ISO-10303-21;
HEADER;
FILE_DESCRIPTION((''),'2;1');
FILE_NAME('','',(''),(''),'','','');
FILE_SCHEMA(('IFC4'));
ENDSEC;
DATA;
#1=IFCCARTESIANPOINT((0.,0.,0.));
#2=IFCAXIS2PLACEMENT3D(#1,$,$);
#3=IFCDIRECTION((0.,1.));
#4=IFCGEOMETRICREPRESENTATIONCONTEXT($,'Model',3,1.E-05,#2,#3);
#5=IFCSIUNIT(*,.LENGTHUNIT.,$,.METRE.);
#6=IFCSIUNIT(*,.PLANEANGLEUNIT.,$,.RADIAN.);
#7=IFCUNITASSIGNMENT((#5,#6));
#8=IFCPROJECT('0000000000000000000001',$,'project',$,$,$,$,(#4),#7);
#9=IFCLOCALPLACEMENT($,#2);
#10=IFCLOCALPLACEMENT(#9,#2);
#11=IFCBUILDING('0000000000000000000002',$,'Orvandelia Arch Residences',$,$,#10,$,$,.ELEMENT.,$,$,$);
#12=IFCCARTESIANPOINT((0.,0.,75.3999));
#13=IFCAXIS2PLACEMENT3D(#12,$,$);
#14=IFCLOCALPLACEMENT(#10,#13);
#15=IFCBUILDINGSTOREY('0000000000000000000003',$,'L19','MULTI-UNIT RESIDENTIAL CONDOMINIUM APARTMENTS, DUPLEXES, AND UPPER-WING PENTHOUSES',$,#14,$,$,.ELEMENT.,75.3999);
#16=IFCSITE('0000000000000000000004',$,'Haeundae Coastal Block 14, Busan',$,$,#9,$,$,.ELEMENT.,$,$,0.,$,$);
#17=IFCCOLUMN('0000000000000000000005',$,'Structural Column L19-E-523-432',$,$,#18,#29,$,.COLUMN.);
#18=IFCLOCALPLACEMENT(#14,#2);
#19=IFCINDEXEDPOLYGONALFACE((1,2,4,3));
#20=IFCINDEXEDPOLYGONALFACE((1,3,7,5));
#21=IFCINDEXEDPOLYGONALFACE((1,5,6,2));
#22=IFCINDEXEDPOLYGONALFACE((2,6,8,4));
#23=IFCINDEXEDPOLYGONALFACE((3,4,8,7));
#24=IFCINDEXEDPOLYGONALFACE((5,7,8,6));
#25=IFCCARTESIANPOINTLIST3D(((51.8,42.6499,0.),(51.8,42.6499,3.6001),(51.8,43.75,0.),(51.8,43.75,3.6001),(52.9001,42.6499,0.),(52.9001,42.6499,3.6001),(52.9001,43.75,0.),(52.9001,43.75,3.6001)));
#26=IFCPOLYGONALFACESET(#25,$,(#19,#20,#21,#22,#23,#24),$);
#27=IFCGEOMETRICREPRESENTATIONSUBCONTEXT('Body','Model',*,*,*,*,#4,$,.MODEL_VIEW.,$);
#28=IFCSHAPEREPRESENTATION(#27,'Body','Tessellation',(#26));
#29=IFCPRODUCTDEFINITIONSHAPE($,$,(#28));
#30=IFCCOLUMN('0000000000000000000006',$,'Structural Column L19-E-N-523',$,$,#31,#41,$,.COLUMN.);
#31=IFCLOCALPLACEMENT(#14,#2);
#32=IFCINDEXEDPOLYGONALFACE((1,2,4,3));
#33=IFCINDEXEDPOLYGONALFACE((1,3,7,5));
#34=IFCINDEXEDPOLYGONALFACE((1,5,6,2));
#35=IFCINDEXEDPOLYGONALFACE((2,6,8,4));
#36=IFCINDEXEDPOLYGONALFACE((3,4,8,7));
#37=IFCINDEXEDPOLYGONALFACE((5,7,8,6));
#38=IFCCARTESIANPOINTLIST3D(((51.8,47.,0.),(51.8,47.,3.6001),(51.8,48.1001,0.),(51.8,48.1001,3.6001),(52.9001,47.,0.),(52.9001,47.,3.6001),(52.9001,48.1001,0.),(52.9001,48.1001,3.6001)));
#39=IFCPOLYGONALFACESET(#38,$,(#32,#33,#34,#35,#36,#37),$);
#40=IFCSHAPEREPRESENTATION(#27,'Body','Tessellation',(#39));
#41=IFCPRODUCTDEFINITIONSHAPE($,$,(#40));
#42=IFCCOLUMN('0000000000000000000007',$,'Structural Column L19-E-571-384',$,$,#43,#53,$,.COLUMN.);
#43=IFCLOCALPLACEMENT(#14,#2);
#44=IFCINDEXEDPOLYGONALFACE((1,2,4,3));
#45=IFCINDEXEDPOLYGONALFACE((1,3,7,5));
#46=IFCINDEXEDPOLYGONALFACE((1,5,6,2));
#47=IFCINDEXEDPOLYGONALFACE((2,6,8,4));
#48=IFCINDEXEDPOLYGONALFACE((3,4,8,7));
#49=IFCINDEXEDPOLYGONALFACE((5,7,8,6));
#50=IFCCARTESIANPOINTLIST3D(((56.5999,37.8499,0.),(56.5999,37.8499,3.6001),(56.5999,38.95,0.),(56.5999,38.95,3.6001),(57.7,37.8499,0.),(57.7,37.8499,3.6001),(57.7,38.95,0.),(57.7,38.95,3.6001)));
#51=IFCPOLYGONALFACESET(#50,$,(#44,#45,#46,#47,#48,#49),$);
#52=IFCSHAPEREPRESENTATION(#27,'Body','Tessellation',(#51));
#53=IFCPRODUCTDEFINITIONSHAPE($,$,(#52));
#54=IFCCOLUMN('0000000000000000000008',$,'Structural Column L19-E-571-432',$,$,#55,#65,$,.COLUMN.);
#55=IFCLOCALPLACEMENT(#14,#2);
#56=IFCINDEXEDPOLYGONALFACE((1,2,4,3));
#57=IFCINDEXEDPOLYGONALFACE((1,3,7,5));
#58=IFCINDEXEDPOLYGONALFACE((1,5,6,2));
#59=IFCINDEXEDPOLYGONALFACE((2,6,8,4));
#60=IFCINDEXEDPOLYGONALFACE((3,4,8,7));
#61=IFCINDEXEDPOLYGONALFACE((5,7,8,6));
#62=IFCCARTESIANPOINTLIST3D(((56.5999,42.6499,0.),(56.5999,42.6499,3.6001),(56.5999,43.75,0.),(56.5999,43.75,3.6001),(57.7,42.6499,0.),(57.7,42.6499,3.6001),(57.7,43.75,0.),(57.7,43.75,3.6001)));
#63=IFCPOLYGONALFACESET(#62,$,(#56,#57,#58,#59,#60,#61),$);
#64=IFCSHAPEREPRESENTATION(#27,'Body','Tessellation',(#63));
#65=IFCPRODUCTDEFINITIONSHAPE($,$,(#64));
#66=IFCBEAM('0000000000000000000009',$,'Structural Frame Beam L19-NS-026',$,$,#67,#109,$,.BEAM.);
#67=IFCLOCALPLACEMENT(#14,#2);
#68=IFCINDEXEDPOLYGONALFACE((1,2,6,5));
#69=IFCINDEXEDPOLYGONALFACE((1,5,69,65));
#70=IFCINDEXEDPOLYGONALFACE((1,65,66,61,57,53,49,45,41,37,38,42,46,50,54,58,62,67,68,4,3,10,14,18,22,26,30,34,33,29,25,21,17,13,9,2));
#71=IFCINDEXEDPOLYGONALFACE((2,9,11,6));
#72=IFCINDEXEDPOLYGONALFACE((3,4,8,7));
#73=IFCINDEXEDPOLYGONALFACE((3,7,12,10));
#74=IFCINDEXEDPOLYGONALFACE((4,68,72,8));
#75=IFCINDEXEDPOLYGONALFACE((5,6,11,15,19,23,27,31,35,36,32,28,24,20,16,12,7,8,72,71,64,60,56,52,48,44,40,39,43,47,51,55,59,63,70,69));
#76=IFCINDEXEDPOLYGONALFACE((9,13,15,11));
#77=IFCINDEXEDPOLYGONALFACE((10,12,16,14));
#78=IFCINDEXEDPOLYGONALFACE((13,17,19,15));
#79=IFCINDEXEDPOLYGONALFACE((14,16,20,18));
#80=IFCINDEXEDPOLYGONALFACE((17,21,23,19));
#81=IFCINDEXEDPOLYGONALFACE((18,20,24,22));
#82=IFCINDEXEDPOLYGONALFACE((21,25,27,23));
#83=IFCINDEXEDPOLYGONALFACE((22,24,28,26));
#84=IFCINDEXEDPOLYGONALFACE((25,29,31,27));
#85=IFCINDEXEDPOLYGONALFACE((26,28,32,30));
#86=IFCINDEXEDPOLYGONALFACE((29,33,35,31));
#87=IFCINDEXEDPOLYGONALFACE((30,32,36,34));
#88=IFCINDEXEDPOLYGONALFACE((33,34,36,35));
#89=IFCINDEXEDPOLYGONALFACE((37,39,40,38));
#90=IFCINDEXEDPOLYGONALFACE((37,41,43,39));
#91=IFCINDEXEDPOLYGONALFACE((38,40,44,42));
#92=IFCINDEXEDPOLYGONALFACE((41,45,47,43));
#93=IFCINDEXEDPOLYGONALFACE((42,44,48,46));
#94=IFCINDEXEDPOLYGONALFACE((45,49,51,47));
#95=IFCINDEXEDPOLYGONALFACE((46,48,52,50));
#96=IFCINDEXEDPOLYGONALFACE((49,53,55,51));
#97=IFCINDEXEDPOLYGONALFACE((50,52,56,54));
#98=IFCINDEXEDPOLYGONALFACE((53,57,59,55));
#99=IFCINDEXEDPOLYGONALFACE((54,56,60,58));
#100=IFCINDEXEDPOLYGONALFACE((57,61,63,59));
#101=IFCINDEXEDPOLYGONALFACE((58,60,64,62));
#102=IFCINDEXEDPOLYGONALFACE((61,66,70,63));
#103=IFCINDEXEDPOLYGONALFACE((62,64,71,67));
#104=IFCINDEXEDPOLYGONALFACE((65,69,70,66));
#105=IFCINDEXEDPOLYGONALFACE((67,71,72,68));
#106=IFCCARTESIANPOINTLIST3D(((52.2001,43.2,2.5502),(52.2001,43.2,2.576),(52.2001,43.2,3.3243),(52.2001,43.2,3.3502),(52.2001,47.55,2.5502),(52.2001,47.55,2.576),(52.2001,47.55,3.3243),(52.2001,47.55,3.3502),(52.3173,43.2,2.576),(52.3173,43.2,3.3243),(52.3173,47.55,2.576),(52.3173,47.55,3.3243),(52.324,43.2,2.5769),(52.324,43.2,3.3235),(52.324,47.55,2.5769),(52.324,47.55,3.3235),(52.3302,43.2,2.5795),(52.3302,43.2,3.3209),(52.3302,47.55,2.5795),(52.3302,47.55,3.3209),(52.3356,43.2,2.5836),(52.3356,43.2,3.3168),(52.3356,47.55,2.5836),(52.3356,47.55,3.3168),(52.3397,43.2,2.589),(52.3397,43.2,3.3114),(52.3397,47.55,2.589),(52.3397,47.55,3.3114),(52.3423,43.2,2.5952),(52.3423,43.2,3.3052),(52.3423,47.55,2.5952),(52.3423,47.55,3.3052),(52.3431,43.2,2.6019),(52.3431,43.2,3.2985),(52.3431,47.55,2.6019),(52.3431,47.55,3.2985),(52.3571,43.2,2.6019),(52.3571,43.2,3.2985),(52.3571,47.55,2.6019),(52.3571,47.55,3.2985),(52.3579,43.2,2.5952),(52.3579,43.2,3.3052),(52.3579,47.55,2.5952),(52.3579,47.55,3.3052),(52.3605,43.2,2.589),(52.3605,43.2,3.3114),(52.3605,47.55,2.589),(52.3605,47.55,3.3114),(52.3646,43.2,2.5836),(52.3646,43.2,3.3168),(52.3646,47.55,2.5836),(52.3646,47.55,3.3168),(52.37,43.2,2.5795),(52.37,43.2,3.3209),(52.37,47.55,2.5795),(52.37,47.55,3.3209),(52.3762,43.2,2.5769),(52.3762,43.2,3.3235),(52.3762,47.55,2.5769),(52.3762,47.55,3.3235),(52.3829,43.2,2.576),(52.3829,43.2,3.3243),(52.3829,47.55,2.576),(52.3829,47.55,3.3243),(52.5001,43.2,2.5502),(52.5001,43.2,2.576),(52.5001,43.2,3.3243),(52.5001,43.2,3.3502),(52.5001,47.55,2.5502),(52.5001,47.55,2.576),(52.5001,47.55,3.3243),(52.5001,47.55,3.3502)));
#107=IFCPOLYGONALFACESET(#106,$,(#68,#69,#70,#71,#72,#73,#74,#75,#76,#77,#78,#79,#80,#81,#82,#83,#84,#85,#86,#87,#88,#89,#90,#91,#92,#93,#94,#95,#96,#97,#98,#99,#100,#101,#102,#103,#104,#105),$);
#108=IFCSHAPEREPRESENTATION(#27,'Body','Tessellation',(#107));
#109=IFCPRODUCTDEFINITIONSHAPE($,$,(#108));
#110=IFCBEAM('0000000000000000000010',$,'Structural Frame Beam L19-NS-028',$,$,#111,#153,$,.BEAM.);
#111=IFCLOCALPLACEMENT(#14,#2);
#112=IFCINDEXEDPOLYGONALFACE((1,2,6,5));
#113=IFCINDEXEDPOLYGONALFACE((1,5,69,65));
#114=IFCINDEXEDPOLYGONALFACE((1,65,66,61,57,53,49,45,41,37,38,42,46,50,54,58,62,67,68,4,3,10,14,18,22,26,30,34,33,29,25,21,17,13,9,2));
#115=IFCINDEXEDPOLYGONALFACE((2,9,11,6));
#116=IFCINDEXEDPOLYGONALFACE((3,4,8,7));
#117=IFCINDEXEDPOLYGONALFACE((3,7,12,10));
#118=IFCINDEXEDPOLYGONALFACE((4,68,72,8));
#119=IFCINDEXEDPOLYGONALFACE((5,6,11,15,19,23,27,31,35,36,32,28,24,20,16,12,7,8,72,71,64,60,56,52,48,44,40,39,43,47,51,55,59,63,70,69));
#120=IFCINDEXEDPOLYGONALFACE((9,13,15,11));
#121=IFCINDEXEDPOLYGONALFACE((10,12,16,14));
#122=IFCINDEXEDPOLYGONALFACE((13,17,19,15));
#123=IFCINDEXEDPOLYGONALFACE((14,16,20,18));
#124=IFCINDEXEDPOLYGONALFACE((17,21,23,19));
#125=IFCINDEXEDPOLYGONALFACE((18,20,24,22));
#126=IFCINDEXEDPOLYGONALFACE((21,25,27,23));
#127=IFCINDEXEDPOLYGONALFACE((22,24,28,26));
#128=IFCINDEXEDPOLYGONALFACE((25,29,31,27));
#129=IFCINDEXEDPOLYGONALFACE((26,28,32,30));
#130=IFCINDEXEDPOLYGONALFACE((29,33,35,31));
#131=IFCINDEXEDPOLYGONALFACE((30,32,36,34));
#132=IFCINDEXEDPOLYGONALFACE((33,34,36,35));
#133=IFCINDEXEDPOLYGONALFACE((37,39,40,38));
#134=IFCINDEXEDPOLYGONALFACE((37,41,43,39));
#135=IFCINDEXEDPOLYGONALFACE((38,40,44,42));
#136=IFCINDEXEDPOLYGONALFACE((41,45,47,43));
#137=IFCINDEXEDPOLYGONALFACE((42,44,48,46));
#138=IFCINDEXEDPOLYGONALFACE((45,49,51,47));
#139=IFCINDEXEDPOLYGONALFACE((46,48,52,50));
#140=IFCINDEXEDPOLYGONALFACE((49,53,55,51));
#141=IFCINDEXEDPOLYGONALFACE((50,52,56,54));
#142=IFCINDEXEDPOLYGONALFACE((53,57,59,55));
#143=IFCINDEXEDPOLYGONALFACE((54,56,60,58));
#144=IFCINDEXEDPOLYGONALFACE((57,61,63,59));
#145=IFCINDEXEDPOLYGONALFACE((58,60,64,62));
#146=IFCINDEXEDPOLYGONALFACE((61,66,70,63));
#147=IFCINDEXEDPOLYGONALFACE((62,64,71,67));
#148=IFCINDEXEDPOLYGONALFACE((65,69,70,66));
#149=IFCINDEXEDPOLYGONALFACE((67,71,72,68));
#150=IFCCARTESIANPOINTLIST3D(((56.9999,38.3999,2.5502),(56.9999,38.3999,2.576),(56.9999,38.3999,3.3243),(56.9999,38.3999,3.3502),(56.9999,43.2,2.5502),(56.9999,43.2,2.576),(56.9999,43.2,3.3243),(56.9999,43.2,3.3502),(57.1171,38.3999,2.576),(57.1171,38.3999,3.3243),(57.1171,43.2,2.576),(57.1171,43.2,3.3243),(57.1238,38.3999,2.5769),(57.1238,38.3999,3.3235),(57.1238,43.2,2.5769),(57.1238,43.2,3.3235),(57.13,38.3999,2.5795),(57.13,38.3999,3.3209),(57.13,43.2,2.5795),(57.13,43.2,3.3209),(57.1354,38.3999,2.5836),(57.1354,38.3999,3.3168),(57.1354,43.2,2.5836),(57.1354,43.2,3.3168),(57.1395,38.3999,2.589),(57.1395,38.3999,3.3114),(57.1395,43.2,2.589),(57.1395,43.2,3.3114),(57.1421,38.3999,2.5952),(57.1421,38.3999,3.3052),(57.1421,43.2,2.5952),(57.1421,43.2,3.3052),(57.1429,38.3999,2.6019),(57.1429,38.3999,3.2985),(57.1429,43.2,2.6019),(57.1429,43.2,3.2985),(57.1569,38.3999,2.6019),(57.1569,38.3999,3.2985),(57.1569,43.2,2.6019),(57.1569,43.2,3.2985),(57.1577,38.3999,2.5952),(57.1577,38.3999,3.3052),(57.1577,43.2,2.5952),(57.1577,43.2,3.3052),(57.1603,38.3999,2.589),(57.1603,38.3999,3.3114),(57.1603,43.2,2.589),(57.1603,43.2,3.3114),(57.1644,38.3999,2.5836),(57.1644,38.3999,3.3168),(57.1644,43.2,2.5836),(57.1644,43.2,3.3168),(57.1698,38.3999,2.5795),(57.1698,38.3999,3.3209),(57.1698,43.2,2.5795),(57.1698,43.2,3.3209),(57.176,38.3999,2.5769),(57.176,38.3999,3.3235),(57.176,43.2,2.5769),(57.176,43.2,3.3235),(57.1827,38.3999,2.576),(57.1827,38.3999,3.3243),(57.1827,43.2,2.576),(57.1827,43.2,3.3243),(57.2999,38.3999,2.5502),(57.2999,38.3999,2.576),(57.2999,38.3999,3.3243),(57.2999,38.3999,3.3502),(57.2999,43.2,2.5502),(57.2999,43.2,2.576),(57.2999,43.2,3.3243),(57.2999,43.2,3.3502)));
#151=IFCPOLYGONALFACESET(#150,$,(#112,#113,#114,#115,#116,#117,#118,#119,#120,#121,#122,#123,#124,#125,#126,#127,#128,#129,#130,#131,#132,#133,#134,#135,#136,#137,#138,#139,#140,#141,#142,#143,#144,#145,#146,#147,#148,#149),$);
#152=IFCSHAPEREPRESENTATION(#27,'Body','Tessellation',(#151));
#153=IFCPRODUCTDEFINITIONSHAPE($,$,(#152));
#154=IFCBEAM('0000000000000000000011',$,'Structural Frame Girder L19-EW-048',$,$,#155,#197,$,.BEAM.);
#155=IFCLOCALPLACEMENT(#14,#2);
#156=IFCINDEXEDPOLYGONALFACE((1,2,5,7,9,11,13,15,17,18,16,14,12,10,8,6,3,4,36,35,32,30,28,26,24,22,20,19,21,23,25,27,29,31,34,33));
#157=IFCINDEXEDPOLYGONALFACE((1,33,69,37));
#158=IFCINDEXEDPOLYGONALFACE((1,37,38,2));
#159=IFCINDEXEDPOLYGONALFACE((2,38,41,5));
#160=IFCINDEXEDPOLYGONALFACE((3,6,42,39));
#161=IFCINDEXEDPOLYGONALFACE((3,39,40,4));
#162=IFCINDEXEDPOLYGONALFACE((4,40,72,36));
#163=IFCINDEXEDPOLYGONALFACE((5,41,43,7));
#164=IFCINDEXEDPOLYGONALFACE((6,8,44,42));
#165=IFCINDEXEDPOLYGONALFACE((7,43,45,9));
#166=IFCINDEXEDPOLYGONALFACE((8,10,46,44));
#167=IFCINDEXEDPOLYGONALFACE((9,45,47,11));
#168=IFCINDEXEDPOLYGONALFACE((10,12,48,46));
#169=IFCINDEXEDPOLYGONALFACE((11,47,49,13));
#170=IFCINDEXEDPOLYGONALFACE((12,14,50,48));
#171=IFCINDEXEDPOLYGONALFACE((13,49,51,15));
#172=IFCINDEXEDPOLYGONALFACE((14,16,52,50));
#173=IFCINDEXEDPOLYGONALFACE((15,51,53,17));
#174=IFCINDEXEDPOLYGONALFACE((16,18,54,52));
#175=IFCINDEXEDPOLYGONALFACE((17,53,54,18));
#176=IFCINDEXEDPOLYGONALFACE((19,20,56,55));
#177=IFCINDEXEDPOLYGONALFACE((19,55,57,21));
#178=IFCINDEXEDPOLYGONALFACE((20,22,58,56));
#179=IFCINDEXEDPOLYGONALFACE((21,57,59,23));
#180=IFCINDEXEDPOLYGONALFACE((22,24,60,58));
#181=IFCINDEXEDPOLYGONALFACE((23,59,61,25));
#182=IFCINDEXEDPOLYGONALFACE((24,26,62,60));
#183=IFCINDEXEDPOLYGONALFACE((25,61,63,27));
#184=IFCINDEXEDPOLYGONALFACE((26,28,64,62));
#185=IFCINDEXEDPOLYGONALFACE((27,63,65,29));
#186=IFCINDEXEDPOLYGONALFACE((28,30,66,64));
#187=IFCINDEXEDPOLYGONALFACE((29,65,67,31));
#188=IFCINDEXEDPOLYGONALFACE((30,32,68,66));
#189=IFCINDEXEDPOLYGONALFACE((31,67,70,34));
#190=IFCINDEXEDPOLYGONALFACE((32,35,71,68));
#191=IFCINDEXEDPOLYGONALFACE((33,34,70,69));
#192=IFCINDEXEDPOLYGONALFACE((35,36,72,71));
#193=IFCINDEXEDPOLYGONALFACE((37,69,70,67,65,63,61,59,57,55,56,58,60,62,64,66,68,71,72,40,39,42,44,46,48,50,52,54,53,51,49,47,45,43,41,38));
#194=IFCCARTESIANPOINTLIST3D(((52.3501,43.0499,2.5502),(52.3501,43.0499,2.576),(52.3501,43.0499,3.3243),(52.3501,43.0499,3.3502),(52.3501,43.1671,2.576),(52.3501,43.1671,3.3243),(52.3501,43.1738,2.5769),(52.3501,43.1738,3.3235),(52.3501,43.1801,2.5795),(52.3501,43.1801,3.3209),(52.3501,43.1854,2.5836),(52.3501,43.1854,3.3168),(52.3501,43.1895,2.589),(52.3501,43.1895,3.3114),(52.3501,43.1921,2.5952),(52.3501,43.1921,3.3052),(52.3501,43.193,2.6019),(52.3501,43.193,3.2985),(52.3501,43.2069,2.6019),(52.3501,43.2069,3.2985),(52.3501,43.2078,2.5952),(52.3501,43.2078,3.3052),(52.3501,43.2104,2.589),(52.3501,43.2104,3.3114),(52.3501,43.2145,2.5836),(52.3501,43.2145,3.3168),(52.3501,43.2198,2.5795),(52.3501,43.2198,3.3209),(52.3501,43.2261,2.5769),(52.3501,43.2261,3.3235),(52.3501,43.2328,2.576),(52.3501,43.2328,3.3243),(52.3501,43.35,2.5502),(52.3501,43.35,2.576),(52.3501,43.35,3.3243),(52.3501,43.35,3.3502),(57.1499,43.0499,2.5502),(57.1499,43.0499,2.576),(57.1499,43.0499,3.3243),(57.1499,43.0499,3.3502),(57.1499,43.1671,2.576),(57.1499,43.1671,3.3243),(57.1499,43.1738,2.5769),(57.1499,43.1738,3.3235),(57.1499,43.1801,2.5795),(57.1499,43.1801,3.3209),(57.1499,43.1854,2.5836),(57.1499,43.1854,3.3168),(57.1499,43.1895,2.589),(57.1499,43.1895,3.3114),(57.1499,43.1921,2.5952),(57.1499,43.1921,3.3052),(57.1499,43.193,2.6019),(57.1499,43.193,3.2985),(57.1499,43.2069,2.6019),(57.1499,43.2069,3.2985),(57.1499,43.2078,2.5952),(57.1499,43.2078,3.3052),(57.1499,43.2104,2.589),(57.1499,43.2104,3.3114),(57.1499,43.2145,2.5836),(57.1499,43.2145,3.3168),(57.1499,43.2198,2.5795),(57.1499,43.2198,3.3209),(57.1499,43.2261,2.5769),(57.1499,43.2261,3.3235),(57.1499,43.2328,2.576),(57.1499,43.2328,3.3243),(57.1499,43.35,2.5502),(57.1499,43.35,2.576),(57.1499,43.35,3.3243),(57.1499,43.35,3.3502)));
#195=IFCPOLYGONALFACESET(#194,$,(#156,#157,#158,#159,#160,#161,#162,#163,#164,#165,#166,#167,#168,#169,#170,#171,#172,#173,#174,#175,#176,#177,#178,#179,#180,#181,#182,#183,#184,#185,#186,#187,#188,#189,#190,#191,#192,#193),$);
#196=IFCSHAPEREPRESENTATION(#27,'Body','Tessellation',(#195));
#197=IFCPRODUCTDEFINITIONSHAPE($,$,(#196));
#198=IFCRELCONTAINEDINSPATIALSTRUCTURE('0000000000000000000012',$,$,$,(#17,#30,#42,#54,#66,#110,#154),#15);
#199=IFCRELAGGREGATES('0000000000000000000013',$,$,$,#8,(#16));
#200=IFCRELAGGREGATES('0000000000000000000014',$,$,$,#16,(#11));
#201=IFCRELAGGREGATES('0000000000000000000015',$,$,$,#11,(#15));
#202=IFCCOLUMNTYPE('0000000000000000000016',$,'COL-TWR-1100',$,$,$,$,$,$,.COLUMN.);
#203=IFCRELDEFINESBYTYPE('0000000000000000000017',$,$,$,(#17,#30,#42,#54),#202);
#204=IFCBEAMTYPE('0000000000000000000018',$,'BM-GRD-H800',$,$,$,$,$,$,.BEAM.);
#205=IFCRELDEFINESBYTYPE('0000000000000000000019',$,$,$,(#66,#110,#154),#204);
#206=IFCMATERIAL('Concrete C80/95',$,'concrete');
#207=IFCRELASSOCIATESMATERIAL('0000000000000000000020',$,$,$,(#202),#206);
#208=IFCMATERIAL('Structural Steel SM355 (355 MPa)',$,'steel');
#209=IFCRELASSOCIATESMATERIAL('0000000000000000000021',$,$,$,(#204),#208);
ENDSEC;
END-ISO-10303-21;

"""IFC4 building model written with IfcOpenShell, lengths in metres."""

from ifc_helpers import new_model, si_unit, direction, frame, origin, origin_2d, place, context, subcontext, project, spatial, rectangle, i_section, extrude, material, material_profile, profile_set, type_object, element, save


model = new_model("IFC4")

# Units and contexts
model_context = context("Model", 3, precision=1e-05, world=origin(), true_north=direction((0.0, 1.0)))
body_context = subcontext(model_context, "Body", "Model", "MODEL_VIEW")
ifc_project = project(units=[si_unit("LENGTHUNIT", "METRE"), si_unit("PLANEANGLEUNIT", "RADIAN")], contexts=[model_context])

# Site, building, storey
site_placement = place(None, origin())
site = spatial("IfcSite", under=ifc_project, at=site_placement, Name="Haeundae Coastal Block 14, Busan", CompositionType="ELEMENT", RefElevation=0.0)
building_placement = place(site_placement, origin())
building = spatial("IfcBuilding", under=site, at=building_placement, Name="Orvandelia Arch Residences", CompositionType="ELEMENT")
storey_placement = place(building_placement, frame((0.0, 0.0, 75.3999)))
storey = spatial("IfcBuildingStorey", under=building, at=storey_placement, Name="L19", Description="MULTI-UNIT RESIDENTIAL CONDOMINIUM APARTMENTS, DUPLEXES, AND UPPER-WING PENTHOUSES", CompositionType="ELEMENT", Elevation=75.3999)

# Columns
ifc_material_1 = material(Name="Concrete C80/95", Category="concrete")
ifc_material_profile_1 = material_profile(ifc_material_1, rectangle(XDim=1.1001, YDim=1.1001, at=origin_2d()), Name="Concrete C80/95", Category="concrete")
ifc_profile_set_1 = profile_set([ifc_material_profile_1], Name="Concrete C80/95")
column_type = type_object("IfcColumnType", Name="COL-TWR-1100", PredefinedType="COLUMN", material=ifc_profile_set_1)
for number, where, z_axis, x_axis, name in (
    (1, (52.3501, 43.2, 0.0), (0.0, 0.0, 1.0), (1.0, 0.0, 0.0), "Structural Column L19-E-523-432"),
    (2, (52.3501, 47.55, 0.0), (0.0, 0.0, 1.0), (1.0, 0.0, 0.0), "Structural Column L19-E-N-523"),
    (3, (57.1499, 38.3999, 0.0), (0.0, 0.0, 1.0), (1.0, 0.0, 0.0), "Structural Column L19-E-571-384"),
    (4, (57.1499, 43.2, 0.0), (0.0, 0.0, 1.0), (1.0, 0.0, 0.0), "Structural Column L19-E-571-432"),
):
    element("IfcColumn", number, at=place(storey_placement, frame(where, z_axis=z_axis, x_axis=x_axis)), inside=storey, type_object=column_type, Name=name, PredefinedType="COLUMN", context=body_context, shape_type="SweptSolid", body=[
        extrude(rectangle(XDim=1.1001, YDim=1.1001, at=origin_2d()), origin(), (0.0, 0.0, 1.0), 3.6001),
    ])

# Beams
ifc_material_2 = material(Name="Structural Steel SM355 (355 MPa)", Category="steel")
ifc_material_profile_2 = material_profile(ifc_material_2, i_section(OverallWidth=0.3, OverallDepth=0.8, WebThickness=0.0139, FlangeThickness=0.0259, FilletRadius=0.0259, at=origin_2d()), Name="Structural Steel SM355 (355 MPa)", Category="steel")
ifc_profile_set_2 = profile_set([ifc_material_profile_2], Name="Structural Steel SM355 (355 MPa)")
beam_type = type_object("IfcBeamType", Name="BM-GRD-H800", PredefinedType="BEAM", material=ifc_profile_set_2)
beam_1_placement = place(storey_placement, frame((52.3501, 43.2, 2.9502), z_axis=(0.0, 1.0, 0.0), x_axis=(-1.0, 0.0, 0.0)))
element("IfcBeam", 5, at=beam_1_placement, inside=storey, type_object=beam_type, Name="Structural Frame Beam L19-NS-026", PredefinedType="BEAM", context=body_context, shape_type="SweptSolid", body=[
    extrude(i_section(OverallWidth=0.3, OverallDepth=0.8, WebThickness=0.0139, FlangeThickness=0.0259, FilletRadius=0.0259, at=origin_2d()), origin(), (0.0, 0.0, 1.0), 4.3501),
])
beam_2_placement = place(storey_placement, frame((57.1499, 38.3999, 2.9502), z_axis=(0.0, 1.0, 0.0), x_axis=(-1.0, 0.0, 0.0)))
element("IfcBeam", 6, at=beam_2_placement, inside=storey, type_object=beam_type, Name="Structural Frame Beam L19-NS-028", PredefinedType="BEAM", context=body_context, shape_type="SweptSolid", body=[
    extrude(i_section(OverallWidth=0.3, OverallDepth=0.8, WebThickness=0.0139, FlangeThickness=0.0259, FilletRadius=0.0259, at=origin_2d()), origin(), (0.0, 0.0, 1.0), 4.8),
])
beam_3_placement = place(storey_placement, frame((52.3501, 43.2, 2.9502), z_axis=(1.0, 0.0, 0.0), x_axis=(0.0, 1.0, 0.0)))
element("IfcBeam", 7, at=beam_3_placement, inside=storey, type_object=beam_type, Name="Structural Frame Girder L19-EW-048", PredefinedType="BEAM", context=body_context, shape_type="SweptSolid", body=[
    extrude(i_section(OverallWidth=0.3, OverallDepth=0.8, WebThickness=0.0139, FlangeThickness=0.0259, FilletRadius=0.0259, at=origin_2d()), origin(), (0.0, 0.0, 1.0), 4.7998),
])

save(model, "model.ifc")
